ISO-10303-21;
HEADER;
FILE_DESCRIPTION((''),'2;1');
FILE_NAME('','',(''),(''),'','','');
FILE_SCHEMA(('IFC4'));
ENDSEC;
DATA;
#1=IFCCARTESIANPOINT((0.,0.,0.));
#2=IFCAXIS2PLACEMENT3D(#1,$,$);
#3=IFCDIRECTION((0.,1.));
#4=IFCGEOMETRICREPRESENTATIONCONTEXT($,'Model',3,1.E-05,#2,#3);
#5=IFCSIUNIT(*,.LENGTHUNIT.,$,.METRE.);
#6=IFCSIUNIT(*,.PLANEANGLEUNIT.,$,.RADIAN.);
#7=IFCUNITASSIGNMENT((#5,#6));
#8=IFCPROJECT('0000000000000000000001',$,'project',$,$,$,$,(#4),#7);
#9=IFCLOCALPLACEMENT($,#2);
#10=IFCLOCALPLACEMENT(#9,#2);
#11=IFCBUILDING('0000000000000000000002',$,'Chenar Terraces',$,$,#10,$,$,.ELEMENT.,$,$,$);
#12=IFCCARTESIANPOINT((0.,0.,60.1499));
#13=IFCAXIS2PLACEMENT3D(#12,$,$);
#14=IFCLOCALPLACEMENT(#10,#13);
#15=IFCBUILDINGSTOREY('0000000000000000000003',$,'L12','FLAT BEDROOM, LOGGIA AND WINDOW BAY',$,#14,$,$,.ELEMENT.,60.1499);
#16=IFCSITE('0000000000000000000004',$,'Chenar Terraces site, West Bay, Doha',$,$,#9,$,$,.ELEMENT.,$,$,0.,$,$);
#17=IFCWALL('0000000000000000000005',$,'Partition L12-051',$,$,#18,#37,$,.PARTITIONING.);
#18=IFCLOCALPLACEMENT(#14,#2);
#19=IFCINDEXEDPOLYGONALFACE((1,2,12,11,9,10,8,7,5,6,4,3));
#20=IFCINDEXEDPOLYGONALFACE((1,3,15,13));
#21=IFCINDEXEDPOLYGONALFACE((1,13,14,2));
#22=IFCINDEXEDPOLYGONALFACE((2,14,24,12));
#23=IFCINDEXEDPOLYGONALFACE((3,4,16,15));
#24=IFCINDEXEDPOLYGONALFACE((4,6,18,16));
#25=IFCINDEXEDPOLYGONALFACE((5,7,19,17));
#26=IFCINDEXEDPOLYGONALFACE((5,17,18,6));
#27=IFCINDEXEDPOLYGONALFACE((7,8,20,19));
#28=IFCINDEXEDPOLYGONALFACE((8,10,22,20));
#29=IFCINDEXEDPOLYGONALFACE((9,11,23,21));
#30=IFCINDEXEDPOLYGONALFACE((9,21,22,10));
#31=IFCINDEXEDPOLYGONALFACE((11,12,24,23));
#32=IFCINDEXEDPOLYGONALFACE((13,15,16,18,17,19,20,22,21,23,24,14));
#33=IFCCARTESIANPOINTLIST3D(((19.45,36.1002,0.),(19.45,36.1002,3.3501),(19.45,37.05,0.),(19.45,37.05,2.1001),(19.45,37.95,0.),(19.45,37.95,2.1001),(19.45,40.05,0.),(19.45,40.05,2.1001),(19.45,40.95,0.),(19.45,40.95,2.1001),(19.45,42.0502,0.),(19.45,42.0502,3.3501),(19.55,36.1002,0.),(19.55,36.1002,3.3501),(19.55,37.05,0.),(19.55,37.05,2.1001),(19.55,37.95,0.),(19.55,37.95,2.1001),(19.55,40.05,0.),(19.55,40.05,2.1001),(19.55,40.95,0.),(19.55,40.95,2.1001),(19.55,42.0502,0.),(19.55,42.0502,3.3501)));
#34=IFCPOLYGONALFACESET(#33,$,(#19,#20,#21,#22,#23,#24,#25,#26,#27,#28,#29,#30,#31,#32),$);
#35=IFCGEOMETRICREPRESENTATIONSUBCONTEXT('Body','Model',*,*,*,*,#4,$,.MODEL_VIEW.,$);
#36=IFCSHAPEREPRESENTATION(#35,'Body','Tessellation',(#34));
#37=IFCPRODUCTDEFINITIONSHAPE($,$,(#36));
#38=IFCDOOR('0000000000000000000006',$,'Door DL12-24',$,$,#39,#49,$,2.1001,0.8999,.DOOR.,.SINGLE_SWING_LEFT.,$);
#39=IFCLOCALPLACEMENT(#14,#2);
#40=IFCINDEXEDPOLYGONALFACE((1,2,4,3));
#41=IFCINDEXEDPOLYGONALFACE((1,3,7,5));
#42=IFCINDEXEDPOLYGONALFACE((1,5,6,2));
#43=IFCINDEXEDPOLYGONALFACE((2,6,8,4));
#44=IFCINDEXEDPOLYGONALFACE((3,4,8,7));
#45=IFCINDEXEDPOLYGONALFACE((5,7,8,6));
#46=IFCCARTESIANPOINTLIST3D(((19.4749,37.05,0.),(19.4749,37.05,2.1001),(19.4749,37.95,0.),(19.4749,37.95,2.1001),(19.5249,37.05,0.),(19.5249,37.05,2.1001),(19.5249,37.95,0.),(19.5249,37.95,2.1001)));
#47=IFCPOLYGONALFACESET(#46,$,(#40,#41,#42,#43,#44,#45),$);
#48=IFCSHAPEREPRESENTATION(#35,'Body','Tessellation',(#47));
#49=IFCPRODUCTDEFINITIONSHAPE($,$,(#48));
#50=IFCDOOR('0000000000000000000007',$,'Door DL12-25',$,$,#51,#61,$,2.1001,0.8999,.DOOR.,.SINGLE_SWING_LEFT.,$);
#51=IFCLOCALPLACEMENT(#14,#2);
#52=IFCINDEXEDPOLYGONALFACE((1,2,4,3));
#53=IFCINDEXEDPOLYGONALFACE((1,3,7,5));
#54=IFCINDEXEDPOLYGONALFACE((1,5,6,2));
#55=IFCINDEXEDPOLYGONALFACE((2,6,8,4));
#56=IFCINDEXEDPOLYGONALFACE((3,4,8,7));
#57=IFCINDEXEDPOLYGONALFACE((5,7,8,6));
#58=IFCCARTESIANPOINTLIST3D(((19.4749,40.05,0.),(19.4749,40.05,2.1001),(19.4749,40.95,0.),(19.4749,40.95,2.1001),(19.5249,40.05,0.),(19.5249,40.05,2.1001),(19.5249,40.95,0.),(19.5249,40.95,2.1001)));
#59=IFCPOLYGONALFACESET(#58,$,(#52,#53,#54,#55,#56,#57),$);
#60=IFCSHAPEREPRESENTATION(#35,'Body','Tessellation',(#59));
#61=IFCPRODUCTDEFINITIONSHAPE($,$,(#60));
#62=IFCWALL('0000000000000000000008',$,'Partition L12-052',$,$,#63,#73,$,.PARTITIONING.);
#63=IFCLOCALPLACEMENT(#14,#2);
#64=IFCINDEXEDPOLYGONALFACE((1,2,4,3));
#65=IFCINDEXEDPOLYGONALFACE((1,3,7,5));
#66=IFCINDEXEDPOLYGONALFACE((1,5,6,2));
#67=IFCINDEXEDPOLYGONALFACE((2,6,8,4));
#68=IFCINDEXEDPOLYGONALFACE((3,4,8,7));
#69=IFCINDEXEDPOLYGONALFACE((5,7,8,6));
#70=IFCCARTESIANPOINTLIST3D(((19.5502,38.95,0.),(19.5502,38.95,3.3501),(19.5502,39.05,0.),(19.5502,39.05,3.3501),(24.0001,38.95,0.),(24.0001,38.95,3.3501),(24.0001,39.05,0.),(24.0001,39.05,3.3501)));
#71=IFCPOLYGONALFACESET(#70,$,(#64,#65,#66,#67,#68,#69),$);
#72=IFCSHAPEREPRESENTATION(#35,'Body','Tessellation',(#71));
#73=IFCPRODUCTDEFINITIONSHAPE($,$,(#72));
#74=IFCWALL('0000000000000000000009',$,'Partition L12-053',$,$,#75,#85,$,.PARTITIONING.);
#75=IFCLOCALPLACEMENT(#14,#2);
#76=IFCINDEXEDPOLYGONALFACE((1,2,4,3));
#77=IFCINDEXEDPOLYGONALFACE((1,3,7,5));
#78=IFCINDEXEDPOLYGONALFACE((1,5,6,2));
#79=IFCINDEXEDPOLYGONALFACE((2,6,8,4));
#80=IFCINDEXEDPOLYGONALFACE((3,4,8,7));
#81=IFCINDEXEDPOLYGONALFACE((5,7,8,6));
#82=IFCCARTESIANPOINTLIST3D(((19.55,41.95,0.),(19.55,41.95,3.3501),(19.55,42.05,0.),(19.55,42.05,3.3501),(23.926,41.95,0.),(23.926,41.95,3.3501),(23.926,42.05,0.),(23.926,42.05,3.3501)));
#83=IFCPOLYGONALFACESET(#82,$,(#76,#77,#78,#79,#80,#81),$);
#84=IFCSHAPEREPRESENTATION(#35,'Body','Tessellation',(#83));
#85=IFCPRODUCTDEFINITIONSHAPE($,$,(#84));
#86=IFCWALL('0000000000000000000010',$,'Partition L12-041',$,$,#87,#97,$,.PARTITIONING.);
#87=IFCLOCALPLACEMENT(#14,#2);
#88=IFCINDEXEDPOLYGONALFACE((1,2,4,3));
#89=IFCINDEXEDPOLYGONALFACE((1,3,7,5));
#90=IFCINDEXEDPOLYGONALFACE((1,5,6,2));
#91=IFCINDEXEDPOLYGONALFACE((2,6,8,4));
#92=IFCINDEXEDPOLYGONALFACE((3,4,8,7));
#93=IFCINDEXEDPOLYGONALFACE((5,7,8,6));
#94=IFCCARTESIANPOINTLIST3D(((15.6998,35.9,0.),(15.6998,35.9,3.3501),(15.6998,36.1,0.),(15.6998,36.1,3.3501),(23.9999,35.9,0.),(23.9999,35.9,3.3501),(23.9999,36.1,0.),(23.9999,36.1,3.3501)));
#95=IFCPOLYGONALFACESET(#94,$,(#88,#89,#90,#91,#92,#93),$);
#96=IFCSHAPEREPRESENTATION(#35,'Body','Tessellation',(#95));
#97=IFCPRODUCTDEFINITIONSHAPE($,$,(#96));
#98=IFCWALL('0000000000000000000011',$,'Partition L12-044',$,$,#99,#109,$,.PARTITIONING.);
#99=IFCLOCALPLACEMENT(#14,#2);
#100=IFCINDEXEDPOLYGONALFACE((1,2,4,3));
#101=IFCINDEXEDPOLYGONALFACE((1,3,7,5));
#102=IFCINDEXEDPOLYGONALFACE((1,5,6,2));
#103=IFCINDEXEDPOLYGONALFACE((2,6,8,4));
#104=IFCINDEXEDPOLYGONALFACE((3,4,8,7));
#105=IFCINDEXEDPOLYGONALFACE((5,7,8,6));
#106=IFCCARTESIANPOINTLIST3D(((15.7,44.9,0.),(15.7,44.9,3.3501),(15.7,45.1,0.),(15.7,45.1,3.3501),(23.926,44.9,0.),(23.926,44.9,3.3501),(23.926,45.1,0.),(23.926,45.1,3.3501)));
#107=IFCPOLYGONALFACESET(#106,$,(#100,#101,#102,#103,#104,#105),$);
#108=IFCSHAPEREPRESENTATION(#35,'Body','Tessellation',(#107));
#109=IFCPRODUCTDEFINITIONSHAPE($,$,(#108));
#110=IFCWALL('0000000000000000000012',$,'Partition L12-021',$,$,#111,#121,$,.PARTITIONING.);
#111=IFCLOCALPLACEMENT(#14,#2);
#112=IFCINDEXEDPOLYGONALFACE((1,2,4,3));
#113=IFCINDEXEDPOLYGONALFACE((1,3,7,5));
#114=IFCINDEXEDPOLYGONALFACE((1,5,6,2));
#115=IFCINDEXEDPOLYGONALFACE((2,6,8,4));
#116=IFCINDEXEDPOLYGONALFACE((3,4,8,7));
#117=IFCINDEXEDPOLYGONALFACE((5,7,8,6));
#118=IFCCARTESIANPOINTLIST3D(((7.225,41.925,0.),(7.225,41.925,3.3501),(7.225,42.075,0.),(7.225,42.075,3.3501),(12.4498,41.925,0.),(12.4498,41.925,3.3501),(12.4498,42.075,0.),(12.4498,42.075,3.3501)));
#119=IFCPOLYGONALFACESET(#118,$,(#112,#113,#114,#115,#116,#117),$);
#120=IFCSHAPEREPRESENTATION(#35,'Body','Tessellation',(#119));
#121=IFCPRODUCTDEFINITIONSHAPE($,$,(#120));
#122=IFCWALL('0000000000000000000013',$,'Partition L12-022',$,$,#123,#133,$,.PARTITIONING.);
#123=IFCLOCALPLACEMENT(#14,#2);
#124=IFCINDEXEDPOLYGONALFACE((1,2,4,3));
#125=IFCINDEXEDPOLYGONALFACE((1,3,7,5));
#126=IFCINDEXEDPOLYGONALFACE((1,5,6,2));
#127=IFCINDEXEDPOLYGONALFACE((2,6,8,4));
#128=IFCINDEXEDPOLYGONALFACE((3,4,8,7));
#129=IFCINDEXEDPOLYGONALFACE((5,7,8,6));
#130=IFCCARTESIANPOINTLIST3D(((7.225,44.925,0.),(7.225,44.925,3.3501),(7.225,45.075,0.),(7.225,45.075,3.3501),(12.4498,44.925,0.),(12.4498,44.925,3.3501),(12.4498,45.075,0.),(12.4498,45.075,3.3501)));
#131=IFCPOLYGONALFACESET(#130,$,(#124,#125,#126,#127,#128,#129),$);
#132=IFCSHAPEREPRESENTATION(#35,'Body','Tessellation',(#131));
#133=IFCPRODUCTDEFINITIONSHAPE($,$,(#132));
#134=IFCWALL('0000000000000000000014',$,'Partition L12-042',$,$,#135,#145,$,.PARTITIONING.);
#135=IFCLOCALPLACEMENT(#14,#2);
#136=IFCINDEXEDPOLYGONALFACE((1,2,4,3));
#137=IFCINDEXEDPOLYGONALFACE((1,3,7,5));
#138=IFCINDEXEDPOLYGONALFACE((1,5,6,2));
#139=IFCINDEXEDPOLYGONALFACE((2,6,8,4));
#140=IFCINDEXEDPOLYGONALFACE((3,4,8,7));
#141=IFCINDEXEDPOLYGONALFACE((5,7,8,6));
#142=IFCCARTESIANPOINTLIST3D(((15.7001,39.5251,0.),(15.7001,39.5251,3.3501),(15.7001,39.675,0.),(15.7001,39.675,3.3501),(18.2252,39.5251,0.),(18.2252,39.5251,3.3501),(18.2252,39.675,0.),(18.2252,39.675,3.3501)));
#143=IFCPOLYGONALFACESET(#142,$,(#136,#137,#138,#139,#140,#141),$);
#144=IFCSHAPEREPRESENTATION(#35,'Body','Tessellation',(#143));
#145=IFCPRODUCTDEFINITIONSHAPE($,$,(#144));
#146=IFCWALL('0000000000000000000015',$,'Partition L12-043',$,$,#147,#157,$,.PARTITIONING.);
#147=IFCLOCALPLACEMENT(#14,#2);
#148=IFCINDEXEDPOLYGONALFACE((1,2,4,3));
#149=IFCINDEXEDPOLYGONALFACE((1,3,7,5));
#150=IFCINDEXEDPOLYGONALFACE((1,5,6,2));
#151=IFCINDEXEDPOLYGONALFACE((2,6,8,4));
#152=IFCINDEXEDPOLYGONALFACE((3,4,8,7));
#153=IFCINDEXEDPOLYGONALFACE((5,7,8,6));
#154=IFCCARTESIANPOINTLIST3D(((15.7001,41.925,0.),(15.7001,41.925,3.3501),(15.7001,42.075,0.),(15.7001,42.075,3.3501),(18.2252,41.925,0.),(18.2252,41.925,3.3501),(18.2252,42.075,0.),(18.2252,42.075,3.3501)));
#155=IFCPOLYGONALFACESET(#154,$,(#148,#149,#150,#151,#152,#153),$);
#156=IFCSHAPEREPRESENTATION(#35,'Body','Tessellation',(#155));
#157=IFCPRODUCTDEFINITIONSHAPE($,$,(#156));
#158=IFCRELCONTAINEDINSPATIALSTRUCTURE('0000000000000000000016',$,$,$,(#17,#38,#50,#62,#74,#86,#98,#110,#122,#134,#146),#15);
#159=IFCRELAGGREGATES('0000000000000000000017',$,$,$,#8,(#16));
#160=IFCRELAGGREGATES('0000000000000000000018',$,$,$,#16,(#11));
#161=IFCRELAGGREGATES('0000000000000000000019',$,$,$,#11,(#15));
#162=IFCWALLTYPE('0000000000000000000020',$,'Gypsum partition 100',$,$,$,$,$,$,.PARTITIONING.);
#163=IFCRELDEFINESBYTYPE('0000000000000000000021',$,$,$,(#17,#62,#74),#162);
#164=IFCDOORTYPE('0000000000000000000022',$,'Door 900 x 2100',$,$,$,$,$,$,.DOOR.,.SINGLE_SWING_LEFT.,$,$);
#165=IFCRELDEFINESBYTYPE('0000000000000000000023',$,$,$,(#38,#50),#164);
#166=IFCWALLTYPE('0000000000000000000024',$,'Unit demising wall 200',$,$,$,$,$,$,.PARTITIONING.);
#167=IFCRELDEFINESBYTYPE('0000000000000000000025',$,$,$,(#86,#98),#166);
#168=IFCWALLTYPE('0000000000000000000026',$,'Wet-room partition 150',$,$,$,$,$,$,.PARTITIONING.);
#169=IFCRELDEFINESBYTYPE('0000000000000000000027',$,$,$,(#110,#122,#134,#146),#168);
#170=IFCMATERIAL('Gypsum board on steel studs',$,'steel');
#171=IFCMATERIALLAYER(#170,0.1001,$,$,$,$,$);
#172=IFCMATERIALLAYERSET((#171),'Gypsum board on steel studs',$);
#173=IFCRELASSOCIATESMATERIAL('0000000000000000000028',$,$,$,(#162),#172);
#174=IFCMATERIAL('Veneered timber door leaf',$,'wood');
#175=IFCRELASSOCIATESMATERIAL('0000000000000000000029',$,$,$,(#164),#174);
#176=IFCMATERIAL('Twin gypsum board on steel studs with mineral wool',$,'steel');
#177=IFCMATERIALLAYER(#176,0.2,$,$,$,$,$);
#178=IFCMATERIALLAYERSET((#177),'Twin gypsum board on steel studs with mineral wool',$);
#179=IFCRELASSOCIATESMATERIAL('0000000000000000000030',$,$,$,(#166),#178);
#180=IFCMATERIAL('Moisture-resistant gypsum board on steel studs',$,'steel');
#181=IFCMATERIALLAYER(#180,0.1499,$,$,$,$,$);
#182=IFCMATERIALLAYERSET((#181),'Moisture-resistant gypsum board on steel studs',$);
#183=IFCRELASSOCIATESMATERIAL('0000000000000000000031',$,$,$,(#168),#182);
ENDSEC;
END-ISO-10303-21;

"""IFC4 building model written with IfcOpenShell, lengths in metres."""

from ifc_helpers import new_model, si_unit, direction, frame, frame_2d, origin, place, context, subcontext, project, spatial, rectangle, extrude, material, layer, layer_set, type_object, element, fill, save


model = new_model("IFC4")

# Units and contexts
model_context = context("Model", 3, precision=1e-05, world=origin(), true_north=direction((0.0, 1.0)))
body_context = subcontext(model_context, "Body", "Model", "MODEL_VIEW")
ifc_project = project(units=[si_unit("LENGTHUNIT", "METRE"), si_unit("PLANEANGLEUNIT", "RADIAN")], contexts=[model_context])

# Site, building, storey
site_placement = place(None, origin())
site = spatial("IfcSite", under=ifc_project, at=site_placement, Name="Chenar Terraces site, West Bay, Doha", CompositionType="ELEMENT", RefElevation=0.0)
building_placement = place(site_placement, origin())
building = spatial("IfcBuilding", under=site, at=building_placement, Name="Chenar Terraces", CompositionType="ELEMENT")
storey_placement = place(building_placement, frame((0.0, 0.0, 60.1499)))
storey = spatial("IfcBuildingStorey", under=building, at=storey_placement, Name="L12", Description="FLAT BEDROOM, LOGGIA AND WINDOW BAY", CompositionType="ELEMENT", Elevation=60.1499)

# Wall, openings, doors
ifc_material_1 = material(Name="Gypsum board on steel studs", Category="steel")
ifc_layer_1 = layer(ifc_material_1, 0.1001)
ifc_layer_set_1 = layer_set([ifc_layer_1], Name="Gypsum board on steel studs")
wall_type_1 = type_object("IfcWallType", Name="Gypsum partition 100", PredefinedType="PARTITIONING", material=ifc_layer_set_1)
wall_1_placement = place(storey_placement, frame((19.5, 36.1001, 0.0), z_axis=(0.0, 0.0, 1.0), x_axis=(0.0, 1.0, 0.0)))
wall_1 = element("IfcWall", 1, at=wall_1_placement, inside=storey, type_object=wall_type_1, Name="Partition L12-051", PredefinedType="PARTITIONING", context=body_context, shape_type="SweptSolid", body=[
    extrude(rectangle(XDim=5.95, YDim=0.1001, at=frame_2d((2.9751, 0.0))), origin(), (0.0, 0.0, 1.0), 3.3501),
])
opening_1_placement = place(wall_1_placement, frame((0.95, 0.0, 0.0)))
opening_1 = element("IfcOpeningElement", 2, at=opening_1_placement, cuts=wall_1, PredefinedType="OPENING", context=body_context, shape_type="SweptSolid", body=[
    extrude(rectangle(XDim=0.8999, YDim=2.1001, at=frame_2d((0.45, 1.05))), frame((0.0, 0.0601, 0.0), z_axis=(0.0, -1.0, 0.0), x_axis=(1.0, 0.0, 0.0)), (0.0, 0.0, 1.0), 0.1201),
])
opening_2_placement = place(wall_1_placement, frame((3.95, 0.0, 0.0)))
opening_2 = element("IfcOpeningElement", 3, at=opening_2_placement, cuts=wall_1, PredefinedType="OPENING", context=body_context, shape_type="SweptSolid", body=[
    extrude(rectangle(XDim=0.8999, YDim=2.1001, at=frame_2d((0.45, 1.05))), frame((0.0, 0.0601, 0.0), z_axis=(0.0, -1.0, 0.0), x_axis=(1.0, 0.0, 0.0)), (0.0, 0.0, 1.0), 0.1201),
])
ifc_material_2 = material(Name="Veneered timber door leaf", Category="wood")
door_type_1 = type_object("IfcDoorType", Name="Door 900 x 2100", OperationType="SINGLE_SWING_LEFT", PredefinedType="DOOR", material=ifc_material_2)
door_1_placement = place(opening_1_placement, frame((0.8999, 0.0, 0.0), z_axis=(0.0, 0.0, 1.0), x_axis=(-1.0, 0.0, 0.0)))
door_1 = element("IfcDoor", 4, at=door_1_placement, inside=storey, type_object=door_type_1, Name="Door DL12-24", OperationType="SINGLE_SWING_LEFT", OverallHeight=2.1001, OverallWidth=0.8999, PredefinedType="DOOR", context=body_context, shape_type="SweptSolid", body=[
    extrude(rectangle(XDim=0.8999, YDim=2.1001, at=frame_2d((0.45, 1.05))), frame((0.0, 0.0249, 0.0), z_axis=(0.0, -1.0, 0.0), x_axis=(1.0, 0.0, 0.0)), (0.0, 0.0, 1.0), 0.05),
])
fill(opening_1, door_1)
door_2_placement = place(opening_2_placement, frame((0.8999, 0.0, 0.0), z_axis=(0.0, 0.0, 1.0), x_axis=(-1.0, 0.0, 0.0)))
door_2 = element("IfcDoor", 5, at=door_2_placement, inside=storey, type_object=door_type_1, Name="Door DL12-25", OperationType="SINGLE_SWING_LEFT", OverallHeight=2.1001, OverallWidth=0.8999, PredefinedType="DOOR", context=body_context, shape_type="SweptSolid", body=[
    extrude(rectangle(XDim=0.8999, YDim=2.1001, at=frame_2d((0.45, 1.05))), frame((0.0, 0.0249, 0.0), z_axis=(0.0, -1.0, 0.0), x_axis=(1.0, 0.0, 0.0)), (0.0, 0.0, 1.0), 0.05),
])
fill(opening_2, door_2)

# Walls
wall_2_placement = place(storey_placement, frame((19.55, 39.0, 0.0), z_axis=(0.0, 0.0, 1.0), x_axis=(1.0, 0.0, 0.0)))
element("IfcWall", 6, at=wall_2_placement, inside=storey, type_object=wall_type_1, Name="Partition L12-052", PredefinedType="PARTITIONING", context=body_context, shape_type="SweptSolid", body=[
    extrude(rectangle(XDim=4.45, YDim=0.1001, at=frame_2d((2.2251, 0.0))), origin(), (0.0, 0.0, 1.0), 3.3501),
])
wall_3_placement = place(storey_placement, frame((19.55, 42.0, 0.0), z_axis=(0.0, 0.0, 1.0), x_axis=(1.0, 0.0, 0.0)))
element("IfcWall", 7, at=wall_3_placement, inside=storey, type_object=wall_type_1, Name="Partition L12-053", PredefinedType="PARTITIONING", context=body_context, shape_type="SweptSolid", body=[
    extrude(rectangle(XDim=4.376, YDim=0.1001, at=frame_2d((2.188, 0.0))), origin(), (0.0, 0.0, 1.0), 3.3501),
])
ifc_material_3 = material(Name="Twin gypsum board on steel studs with mineral wool", Category="steel")
ifc_layer_2 = layer(ifc_material_3, 0.2)
ifc_layer_set_2 = layer_set([ifc_layer_2], Name="Twin gypsum board on steel studs with mineral wool")
wall_type_2 = type_object("IfcWallType", Name="Unit demising wall 200", PredefinedType="PARTITIONING", material=ifc_layer_set_2)
wall_4_placement = place(storey_placement, frame((15.7, 36.0, 0.0), z_axis=(0.0, 0.0, 1.0), x_axis=(1.0, 0.0, 0.0)))
element("IfcWall", 8, at=wall_4_placement, inside=storey, type_object=wall_type_2, Name="Partition L12-041", PredefinedType="PARTITIONING", context=body_context, shape_type="SweptSolid", body=[
    extrude(rectangle(XDim=8.3, YDim=0.2, at=frame_2d((4.1499, 0.0))), origin(), (0.0, 0.0, 1.0), 3.3501),
])
wall_5_placement = place(storey_placement, frame((15.7, 45.0, 0.0), z_axis=(0.0, 0.0, 1.0), x_axis=(1.0, 0.0, 0.0)))
element("IfcWall", 9, at=wall_5_placement, inside=storey, type_object=wall_type_2, Name="Partition L12-044", PredefinedType="PARTITIONING", context=body_context, shape_type="SweptSolid", body=[
    extrude(rectangle(XDim=8.2261, YDim=0.2, at=frame_2d((4.113, 0.0))), origin(), (0.0, 0.0, 1.0), 3.3501),
])
ifc_material_4 = material(Name="Moisture-resistant gypsum board on steel studs", Category="steel")
ifc_layer_3 = layer(ifc_material_4, 0.1499)
ifc_layer_set_3 = layer_set([ifc_layer_3], Name="Moisture-resistant gypsum board on steel studs")
wall_type_3 = type_object("IfcWallType", Name="Wet-room partition 150", PredefinedType="PARTITIONING", material=ifc_layer_set_3)
for number, where, z_axis, x_axis, name in (
    (10, (7.2251, 42.0, 0.0), (0.0, 0.0, 1.0), (1.0, 0.0, 0.0), "Partition L12-021"),
    (11, (7.2251, 45.0, 0.0), (0.0, 0.0, 1.0), (1.0, 0.0, 0.0), "Partition L12-022"),
):
    element("IfcWall", number, at=place(storey_placement, frame(where, z_axis=z_axis, x_axis=x_axis)), inside=storey, type_object=wall_type_3, Name=name, PredefinedType="PARTITIONING", context=body_context, shape_type="SweptSolid", body=[
        extrude(rectangle(XDim=5.2249, YDim=0.1499, at=frame_2d((2.6123, 0.0))), origin(), (0.0, 0.0, 1.0), 3.3501),
    ])
for number, where, z_axis, x_axis, name in (
    (12, (15.7, 39.6001, 0.0), (0.0, 0.0, 1.0), (1.0, 0.0, 0.0), "Partition L12-042"),
    (13, (15.7, 42.0, 0.0), (0.0, 0.0, 1.0), (1.0, 0.0, 0.0), "Partition L12-043"),
):
    element("IfcWall", number, at=place(storey_placement, frame(where, z_axis=z_axis, x_axis=x_axis)), inside=storey, type_object=wall_type_3, Name=name, PredefinedType="PARTITIONING", context=body_context, shape_type="SweptSolid", body=[
        extrude(rectangle(XDim=2.5251, YDim=0.1499, at=frame_2d((1.2627, 0.0))), origin(), (0.0, 0.0, 1.0), 3.3501),
    ])

save(model, "model.ifc")
